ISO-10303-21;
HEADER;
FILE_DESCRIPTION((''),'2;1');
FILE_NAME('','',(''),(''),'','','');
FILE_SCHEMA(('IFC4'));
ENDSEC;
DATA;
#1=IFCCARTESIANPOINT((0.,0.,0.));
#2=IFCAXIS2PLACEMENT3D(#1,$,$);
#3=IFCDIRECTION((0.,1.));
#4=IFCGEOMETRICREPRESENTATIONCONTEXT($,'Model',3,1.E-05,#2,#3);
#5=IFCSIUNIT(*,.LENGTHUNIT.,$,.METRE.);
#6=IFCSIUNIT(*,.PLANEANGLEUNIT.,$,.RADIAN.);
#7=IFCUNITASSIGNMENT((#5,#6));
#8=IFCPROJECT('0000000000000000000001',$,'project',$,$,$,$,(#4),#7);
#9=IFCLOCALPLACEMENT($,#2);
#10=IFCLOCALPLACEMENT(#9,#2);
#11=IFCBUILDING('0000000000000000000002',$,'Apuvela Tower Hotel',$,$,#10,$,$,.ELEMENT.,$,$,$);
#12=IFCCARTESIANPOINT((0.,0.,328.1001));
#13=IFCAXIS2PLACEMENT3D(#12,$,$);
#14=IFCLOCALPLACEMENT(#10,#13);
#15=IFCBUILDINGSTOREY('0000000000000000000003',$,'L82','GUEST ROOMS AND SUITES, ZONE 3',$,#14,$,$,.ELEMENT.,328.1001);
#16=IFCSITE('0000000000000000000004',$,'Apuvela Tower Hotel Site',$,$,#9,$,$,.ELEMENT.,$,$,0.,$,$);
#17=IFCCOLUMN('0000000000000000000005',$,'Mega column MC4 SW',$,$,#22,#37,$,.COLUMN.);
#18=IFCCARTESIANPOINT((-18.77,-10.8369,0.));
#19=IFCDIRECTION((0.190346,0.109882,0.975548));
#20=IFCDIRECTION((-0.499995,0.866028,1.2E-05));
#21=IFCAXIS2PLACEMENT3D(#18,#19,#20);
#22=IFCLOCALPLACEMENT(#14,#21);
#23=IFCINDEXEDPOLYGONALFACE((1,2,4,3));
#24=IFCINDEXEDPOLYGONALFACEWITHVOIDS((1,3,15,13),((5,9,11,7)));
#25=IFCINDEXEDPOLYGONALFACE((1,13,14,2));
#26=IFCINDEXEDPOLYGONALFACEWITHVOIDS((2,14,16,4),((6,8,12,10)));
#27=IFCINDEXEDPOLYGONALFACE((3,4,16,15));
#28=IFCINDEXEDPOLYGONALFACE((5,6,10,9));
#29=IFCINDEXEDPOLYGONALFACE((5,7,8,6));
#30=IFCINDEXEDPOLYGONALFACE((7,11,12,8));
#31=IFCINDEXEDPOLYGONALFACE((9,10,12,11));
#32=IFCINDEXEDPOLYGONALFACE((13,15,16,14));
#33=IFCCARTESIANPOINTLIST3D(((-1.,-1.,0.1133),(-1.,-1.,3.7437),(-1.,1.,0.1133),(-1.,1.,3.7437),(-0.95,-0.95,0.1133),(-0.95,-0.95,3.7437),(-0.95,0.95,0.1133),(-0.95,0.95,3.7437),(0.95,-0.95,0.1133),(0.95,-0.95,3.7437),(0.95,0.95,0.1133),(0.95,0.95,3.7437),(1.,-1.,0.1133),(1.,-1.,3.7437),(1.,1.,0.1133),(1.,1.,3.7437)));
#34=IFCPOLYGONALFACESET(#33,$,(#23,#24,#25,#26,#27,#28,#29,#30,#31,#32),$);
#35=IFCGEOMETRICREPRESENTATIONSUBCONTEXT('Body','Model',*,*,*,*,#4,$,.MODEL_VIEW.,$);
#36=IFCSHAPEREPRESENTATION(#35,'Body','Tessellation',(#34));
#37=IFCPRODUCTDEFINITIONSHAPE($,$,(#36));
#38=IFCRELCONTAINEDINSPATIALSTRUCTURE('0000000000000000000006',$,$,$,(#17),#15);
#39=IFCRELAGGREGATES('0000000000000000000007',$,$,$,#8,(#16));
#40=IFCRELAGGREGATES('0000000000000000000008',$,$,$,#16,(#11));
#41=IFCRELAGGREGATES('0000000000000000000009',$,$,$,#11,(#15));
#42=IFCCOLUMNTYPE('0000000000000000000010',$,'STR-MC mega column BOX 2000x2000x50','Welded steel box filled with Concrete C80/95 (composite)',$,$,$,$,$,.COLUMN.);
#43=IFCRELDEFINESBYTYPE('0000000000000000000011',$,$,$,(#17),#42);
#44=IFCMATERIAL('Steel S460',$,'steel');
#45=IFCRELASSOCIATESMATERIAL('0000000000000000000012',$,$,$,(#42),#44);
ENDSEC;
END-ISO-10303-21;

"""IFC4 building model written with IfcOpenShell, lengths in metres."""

from ifc_helpers import new_model, si_unit, direction, frame, origin, origin_2d, place, context, subcontext, project, spatial, rectangle, hollow_rectangle, extrude, boolean, halfspace, material, material_profile, profile_set, type_object, element, save


model = new_model("IFC4")

# Units and contexts
model_context = context("Model", 3, precision=1e-05, world=origin(), true_north=direction((0.0, 1.0)))
body_context = subcontext(model_context, "Body", "Model", "MODEL_VIEW")
ifc_project = project(units=[si_unit("LENGTHUNIT", "METRE"), si_unit("PLANEANGLEUNIT", "RADIAN")], contexts=[model_context])

# Site, building, storey
site_placement = place(None, origin())
site = spatial("IfcSite", under=ifc_project, at=site_placement, Name="Apuvela Tower Hotel Site", CompositionType="ELEMENT", RefElevation=0.0)
building_placement = place(site_placement, origin())
building = spatial("IfcBuilding", under=site, at=building_placement, Name="Apuvela Tower Hotel", CompositionType="ELEMENT")
storey_placement = place(building_placement, frame((0.0, 0.0, 328.1001)))
storey = spatial("IfcBuildingStorey", under=building, at=storey_placement, Name="L82", Description="GUEST ROOMS AND SUITES, ZONE 3", CompositionType="ELEMENT", Elevation=328.1001)

# Column
ifc_material_1 = material(Name="Steel S460", Category="steel")
ifc_material_profile_1 = material_profile(ifc_material_1, hollow_rectangle(XDim=2.0, YDim=2.0, WallThickness=0.05, at=origin_2d()), Name="BOX 2000x2000x50")
ifc_material_2 = material(Name="Concrete C80/95", Category="concrete")
ifc_material_profile_2 = material_profile(ifc_material_2, rectangle(XDim=1.8999, YDim=1.8999, at=origin_2d()), Name="Concrete C80/95 infill")
ifc_profile_set = profile_set([ifc_material_profile_1, ifc_material_profile_2], Name="Steel S460")
column_type = type_object("IfcColumnType", Name="STR-MC mega column BOX 2000x2000x50", Description="Welded steel box filled with Concrete C80/95 (composite)", PredefinedType="COLUMN", material=ifc_profile_set)
column_placement = place(storey_placement, frame((-18.77, -10.8369, 0.0), z_axis=(0.190346, 0.109882, 0.975548), x_axis=(-0.499995, 0.866028, 0.000012)))
element("IfcColumn", 1, at=column_placement, inside=storey, type_object=column_type, Name="Mega column MC4 SW", PredefinedType="COLUMN", context=body_context, shape_type="SweptSolid", body=[
    boolean("DIFFERENCE", boolean("DIFFERENCE", extrude(hollow_rectangle(XDim=2.0, YDim=2.0, WallThickness=0.05, at=origin_2d()), origin(), (0.0, 0.0, 1.0), 3.7927), halfspace(frame((0.0, 0.0, 0.1133), z_axis=(0.0, 0.0, 1.0), x_axis=(1.0, 0.0, 0.0)), True)), halfspace(frame((0.0, 0.0, 3.7437), z_axis=(0.0, 0.0, 1.0), x_axis=(1.0, 0.0, 0.0)), False)),
])

save(model, "model.ifc")
